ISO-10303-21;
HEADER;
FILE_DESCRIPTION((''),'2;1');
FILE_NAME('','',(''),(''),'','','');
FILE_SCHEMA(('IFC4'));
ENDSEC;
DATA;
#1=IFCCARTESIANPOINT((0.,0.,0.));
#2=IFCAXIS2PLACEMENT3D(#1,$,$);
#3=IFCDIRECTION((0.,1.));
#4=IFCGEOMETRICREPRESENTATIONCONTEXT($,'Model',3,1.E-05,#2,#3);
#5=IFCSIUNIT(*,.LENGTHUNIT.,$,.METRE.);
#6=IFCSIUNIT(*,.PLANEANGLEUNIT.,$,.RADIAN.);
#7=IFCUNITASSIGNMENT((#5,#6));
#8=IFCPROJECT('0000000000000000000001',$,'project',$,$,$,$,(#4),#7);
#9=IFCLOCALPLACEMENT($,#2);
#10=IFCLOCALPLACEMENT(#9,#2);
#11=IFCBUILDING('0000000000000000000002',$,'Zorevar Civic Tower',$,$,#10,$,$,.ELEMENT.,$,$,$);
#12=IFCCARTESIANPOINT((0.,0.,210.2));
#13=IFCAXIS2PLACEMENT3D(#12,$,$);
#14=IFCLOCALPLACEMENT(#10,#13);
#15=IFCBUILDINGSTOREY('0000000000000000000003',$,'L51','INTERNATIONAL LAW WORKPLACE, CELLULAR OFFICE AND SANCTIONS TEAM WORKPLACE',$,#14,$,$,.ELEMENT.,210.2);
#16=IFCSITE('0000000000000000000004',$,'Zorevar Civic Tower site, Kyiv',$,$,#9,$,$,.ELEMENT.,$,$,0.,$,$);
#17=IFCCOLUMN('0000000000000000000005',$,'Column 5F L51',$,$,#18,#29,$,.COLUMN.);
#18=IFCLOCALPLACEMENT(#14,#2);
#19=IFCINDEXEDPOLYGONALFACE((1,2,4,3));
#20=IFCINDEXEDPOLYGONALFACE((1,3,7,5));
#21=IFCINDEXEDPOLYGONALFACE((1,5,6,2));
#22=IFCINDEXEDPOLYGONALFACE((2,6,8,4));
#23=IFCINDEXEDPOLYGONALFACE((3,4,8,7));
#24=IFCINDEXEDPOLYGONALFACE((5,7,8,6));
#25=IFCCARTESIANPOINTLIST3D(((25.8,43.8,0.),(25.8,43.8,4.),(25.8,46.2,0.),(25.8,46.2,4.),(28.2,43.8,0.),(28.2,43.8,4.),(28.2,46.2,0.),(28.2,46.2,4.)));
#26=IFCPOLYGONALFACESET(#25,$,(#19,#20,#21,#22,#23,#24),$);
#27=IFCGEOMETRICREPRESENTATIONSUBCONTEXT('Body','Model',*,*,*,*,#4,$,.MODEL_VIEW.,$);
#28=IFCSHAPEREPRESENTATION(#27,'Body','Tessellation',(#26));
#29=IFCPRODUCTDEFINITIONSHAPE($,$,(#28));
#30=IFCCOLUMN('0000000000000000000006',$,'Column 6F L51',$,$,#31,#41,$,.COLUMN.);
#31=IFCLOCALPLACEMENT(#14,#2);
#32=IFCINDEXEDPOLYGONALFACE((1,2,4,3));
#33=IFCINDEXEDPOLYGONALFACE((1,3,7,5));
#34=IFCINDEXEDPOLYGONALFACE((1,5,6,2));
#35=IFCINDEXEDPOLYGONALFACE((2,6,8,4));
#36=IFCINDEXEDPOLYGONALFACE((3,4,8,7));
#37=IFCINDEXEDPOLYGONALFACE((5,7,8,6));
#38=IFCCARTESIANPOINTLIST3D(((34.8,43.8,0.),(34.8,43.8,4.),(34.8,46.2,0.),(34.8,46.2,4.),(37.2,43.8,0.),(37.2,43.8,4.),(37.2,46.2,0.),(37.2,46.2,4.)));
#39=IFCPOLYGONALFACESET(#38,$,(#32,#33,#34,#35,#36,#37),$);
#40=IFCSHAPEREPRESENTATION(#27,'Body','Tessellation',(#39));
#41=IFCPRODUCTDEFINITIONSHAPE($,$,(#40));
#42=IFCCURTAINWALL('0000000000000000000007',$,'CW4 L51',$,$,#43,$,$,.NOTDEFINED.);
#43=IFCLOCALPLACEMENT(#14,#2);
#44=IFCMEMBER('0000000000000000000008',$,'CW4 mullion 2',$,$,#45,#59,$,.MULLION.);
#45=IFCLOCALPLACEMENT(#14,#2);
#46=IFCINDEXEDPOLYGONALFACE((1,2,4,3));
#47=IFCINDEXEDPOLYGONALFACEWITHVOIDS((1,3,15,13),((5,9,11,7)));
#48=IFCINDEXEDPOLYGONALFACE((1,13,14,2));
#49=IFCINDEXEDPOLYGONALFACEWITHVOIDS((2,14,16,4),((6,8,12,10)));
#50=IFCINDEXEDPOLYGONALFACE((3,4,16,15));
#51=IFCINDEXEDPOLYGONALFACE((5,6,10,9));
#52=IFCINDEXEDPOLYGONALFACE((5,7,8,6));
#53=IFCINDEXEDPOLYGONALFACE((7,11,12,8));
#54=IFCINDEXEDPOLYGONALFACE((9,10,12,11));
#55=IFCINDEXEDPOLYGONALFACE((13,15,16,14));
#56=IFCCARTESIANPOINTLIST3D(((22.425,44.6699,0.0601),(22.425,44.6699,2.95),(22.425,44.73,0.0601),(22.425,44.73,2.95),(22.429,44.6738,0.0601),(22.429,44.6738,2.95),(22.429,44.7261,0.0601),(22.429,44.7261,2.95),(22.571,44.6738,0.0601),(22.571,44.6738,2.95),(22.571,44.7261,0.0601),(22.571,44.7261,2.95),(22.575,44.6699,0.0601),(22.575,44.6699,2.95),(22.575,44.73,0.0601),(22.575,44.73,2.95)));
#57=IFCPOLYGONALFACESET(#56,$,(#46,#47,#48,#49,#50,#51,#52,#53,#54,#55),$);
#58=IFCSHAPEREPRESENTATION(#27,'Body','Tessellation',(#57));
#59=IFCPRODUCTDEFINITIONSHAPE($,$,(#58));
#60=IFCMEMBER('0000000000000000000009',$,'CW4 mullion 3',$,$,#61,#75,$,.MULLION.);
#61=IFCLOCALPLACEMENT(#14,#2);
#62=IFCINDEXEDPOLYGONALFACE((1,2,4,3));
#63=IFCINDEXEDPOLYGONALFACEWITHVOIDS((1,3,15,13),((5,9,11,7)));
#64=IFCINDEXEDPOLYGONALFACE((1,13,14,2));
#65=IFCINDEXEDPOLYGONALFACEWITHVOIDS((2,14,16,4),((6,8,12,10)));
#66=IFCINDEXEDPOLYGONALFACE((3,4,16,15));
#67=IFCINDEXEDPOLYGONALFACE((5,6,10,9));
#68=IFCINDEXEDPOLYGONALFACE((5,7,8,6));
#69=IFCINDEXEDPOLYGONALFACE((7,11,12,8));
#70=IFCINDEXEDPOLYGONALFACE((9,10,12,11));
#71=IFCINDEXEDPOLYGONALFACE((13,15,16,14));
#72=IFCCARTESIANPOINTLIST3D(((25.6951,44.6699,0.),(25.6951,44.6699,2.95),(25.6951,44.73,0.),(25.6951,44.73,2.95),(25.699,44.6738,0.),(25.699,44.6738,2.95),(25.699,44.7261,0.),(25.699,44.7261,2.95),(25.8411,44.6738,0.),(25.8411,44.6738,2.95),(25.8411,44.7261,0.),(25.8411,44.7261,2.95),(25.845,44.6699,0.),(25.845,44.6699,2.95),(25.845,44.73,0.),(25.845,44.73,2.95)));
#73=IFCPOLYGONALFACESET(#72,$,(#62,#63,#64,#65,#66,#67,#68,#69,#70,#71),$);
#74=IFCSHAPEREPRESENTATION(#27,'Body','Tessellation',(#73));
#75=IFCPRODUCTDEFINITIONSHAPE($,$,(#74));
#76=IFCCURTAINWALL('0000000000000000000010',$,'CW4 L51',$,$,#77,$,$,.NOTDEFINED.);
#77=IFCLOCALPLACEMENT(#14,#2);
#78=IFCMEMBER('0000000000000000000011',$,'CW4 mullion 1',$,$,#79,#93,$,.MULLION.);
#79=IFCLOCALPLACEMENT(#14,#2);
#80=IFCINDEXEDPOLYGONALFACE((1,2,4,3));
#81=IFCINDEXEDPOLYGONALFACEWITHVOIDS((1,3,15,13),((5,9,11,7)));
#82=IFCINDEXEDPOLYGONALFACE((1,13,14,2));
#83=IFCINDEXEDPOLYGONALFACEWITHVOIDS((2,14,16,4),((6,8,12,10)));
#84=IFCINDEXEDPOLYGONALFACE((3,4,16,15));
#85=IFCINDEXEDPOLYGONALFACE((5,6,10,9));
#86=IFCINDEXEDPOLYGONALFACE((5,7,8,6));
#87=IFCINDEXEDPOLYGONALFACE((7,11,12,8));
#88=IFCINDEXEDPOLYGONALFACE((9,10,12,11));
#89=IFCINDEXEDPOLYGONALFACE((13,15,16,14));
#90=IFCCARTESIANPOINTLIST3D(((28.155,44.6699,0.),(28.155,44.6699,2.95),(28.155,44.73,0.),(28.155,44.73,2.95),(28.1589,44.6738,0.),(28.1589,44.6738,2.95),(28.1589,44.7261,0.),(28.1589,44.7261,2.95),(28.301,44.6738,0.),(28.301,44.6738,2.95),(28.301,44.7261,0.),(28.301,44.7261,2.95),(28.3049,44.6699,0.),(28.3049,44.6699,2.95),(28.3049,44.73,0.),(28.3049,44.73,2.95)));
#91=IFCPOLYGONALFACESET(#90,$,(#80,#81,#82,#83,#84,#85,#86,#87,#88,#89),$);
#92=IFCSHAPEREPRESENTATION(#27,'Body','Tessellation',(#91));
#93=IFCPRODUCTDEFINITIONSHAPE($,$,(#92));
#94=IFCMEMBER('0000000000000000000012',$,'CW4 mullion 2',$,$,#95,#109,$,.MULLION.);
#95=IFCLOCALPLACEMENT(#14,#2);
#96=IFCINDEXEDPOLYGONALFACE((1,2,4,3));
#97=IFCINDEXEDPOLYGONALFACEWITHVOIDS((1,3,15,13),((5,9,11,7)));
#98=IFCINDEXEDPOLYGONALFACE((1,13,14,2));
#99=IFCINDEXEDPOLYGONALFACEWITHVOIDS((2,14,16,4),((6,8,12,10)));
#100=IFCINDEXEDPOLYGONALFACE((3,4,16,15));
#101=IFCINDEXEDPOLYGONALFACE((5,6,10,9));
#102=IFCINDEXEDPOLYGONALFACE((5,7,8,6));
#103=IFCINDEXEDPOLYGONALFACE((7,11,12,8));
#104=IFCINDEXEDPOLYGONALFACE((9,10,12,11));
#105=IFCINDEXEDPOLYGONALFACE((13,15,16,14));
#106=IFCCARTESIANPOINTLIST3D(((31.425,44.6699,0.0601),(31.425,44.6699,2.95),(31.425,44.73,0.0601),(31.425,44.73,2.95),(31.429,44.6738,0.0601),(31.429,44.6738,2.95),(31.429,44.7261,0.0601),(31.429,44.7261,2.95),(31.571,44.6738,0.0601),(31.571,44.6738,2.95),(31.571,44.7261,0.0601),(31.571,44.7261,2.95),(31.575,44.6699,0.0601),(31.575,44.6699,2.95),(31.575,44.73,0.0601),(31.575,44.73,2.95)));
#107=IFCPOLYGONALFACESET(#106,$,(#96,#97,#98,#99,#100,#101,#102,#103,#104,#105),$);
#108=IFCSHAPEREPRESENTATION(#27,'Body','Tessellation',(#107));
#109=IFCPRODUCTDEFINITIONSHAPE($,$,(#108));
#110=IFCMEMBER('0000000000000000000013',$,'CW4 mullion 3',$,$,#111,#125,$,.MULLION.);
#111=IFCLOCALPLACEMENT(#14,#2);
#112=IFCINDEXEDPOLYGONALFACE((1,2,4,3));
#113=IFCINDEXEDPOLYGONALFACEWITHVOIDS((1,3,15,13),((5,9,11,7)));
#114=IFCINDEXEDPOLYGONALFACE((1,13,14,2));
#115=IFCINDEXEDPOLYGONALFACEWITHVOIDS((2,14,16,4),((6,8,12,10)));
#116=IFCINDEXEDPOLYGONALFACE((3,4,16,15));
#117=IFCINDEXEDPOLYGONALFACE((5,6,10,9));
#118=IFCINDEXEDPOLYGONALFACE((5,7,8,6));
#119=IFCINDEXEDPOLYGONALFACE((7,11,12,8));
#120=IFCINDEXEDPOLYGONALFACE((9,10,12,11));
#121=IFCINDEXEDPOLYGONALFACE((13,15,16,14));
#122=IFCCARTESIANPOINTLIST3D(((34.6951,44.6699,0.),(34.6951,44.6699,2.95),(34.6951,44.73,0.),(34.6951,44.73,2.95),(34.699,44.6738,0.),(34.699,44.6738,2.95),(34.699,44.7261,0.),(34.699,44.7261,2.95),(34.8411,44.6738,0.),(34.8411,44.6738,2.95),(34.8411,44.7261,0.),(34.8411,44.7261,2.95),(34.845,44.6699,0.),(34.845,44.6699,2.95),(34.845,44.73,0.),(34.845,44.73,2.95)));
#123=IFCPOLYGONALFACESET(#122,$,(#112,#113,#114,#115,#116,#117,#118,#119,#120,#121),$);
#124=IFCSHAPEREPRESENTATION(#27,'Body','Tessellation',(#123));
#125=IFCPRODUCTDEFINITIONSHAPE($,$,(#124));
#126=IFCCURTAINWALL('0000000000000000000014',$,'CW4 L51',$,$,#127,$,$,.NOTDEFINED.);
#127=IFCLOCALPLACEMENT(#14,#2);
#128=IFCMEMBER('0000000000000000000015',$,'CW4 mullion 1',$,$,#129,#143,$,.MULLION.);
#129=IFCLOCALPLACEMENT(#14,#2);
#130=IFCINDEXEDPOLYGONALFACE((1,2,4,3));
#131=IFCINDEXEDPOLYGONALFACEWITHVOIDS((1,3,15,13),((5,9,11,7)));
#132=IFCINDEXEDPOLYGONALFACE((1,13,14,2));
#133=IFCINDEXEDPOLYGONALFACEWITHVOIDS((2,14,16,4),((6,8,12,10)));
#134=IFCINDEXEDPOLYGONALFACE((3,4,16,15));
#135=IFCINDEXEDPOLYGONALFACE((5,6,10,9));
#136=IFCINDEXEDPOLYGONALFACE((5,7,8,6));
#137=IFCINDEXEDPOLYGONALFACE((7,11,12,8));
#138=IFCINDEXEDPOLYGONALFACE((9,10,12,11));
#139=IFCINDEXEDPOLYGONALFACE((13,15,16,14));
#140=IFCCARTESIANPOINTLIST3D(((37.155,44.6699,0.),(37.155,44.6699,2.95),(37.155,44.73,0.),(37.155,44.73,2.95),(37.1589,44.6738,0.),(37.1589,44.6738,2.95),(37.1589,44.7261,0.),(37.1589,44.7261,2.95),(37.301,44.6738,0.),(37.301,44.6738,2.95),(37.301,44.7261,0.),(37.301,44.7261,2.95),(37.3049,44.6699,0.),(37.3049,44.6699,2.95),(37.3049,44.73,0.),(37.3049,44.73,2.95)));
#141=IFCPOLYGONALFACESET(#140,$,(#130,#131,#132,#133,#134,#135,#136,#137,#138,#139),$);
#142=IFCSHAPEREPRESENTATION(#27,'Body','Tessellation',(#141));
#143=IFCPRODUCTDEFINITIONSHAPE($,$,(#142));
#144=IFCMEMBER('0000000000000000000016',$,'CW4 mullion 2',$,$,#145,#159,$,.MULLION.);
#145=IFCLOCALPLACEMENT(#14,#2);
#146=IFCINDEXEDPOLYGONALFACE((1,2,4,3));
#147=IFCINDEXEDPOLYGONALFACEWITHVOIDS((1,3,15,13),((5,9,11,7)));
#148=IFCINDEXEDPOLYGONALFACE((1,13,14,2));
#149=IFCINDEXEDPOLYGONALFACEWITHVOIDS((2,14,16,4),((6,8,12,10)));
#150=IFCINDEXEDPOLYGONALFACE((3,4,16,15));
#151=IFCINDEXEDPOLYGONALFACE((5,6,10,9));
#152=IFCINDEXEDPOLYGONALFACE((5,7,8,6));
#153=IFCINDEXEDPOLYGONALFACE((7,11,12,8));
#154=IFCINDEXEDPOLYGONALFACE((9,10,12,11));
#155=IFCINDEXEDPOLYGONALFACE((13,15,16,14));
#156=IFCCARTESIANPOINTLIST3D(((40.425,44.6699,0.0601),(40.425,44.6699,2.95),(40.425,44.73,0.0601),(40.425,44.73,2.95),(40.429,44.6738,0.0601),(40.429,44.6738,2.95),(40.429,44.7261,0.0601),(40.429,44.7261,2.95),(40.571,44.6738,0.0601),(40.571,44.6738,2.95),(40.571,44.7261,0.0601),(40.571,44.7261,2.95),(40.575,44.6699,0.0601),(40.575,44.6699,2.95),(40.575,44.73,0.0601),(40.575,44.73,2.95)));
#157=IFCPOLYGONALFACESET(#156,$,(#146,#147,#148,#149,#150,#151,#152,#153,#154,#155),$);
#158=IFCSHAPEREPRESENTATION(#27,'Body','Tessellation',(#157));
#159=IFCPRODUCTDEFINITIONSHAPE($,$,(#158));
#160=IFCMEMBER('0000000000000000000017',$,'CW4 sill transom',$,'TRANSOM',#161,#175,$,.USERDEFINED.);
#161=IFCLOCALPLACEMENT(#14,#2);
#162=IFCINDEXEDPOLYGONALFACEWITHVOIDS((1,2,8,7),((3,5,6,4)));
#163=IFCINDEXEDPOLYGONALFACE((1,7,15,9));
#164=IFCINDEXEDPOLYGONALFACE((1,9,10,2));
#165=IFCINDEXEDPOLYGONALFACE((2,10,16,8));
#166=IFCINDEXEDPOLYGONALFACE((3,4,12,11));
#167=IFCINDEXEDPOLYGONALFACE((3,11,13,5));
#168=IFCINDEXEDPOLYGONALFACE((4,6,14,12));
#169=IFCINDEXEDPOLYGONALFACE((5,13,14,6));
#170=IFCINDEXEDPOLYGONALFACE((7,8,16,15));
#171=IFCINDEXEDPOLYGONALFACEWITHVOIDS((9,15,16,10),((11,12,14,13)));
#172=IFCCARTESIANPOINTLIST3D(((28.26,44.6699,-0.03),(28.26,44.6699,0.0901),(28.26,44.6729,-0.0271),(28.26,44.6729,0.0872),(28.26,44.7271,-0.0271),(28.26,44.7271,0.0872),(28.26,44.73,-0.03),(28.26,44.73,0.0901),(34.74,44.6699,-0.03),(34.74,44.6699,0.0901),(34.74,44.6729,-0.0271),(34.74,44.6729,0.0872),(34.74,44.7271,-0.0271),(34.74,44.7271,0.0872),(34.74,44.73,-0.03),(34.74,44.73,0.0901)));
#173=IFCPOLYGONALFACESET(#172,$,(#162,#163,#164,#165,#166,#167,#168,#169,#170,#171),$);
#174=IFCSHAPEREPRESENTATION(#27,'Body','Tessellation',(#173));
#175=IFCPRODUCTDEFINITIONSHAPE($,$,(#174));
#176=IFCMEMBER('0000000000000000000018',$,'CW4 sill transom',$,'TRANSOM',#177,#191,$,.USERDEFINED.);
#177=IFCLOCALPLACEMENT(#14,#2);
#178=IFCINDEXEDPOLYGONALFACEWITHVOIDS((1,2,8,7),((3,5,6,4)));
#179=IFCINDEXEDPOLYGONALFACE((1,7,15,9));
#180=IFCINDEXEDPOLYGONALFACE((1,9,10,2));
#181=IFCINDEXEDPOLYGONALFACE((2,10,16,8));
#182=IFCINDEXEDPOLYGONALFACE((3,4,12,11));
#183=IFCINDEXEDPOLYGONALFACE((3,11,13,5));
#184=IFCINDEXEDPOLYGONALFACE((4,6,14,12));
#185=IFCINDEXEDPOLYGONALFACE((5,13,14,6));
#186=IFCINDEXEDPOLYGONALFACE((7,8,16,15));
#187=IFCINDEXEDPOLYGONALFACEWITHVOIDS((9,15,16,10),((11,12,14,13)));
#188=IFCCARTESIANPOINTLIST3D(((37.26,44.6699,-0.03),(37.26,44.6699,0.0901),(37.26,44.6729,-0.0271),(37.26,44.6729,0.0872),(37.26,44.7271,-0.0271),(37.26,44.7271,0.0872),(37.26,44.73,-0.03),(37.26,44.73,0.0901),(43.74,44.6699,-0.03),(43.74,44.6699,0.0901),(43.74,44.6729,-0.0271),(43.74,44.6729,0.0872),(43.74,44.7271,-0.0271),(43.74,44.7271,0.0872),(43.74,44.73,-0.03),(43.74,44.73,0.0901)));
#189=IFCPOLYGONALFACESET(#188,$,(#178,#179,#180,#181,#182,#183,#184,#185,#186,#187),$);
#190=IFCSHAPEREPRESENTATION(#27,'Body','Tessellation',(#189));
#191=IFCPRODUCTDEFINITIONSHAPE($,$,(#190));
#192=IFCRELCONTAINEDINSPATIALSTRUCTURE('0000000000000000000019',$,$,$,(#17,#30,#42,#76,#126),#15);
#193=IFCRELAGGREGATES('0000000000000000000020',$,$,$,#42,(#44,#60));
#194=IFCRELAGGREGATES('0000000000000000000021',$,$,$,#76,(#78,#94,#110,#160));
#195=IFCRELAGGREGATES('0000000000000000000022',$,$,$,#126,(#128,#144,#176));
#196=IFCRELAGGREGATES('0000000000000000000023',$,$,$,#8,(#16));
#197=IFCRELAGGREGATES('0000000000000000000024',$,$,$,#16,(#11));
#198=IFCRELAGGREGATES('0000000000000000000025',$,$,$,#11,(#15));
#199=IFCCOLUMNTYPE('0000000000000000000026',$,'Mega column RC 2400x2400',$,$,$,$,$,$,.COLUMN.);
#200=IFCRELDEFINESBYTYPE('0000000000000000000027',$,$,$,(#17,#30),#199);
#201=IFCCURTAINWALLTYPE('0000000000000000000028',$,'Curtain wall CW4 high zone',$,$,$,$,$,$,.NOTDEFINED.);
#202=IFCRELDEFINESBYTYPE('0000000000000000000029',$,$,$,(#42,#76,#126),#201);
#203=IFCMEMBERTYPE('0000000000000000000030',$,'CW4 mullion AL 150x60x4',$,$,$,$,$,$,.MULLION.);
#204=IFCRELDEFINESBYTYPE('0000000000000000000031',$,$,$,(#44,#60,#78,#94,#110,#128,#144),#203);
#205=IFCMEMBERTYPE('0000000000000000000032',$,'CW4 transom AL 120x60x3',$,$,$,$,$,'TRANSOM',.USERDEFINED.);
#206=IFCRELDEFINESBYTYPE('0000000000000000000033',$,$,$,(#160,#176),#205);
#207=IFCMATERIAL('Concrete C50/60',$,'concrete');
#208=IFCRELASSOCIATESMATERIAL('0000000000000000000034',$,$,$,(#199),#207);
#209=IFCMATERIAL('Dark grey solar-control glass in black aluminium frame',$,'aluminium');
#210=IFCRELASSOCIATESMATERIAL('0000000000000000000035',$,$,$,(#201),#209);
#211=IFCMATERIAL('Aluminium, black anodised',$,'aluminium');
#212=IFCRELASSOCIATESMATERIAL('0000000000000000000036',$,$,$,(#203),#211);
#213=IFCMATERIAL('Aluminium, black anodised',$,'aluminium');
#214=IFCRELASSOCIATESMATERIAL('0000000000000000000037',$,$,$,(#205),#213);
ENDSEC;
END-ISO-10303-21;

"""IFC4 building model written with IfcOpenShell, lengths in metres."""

from ifc_helpers import new_model, si_unit, direction, frame, origin, origin_2d, place, context, subcontext, project, spatial, rectangle, hollow_rectangle, extrude, material, material_profile, profile_set, type_object, element, aggregate, save


model = new_model("IFC4")

# Units and contexts
model_context = context("Model", 3, precision=1e-05, world=origin(), true_north=direction((0.0, 1.0)))
body_context = subcontext(model_context, "Body", "Model", "MODEL_VIEW")
ifc_project = project(units=[si_unit("LENGTHUNIT", "METRE"), si_unit("PLANEANGLEUNIT", "RADIAN")], contexts=[model_context])

# Site, building, storey
site_placement = place(None, origin())
site = spatial("IfcSite", under=ifc_project, at=site_placement, Name="Zorevar Civic Tower site, Kyiv", CompositionType="ELEMENT", RefElevation=0.0)
building_placement = place(site_placement, origin())
building = spatial("IfcBuilding", under=site, at=building_placement, Name="Zorevar Civic Tower", CompositionType="ELEMENT")
storey_placement = place(building_placement, frame((0.0, 0.0, 210.2)))
storey = spatial("IfcBuildingStorey", under=building, at=storey_placement, Name="L51", Description="INTERNATIONAL LAW WORKPLACE, CELLULAR OFFICE AND SANCTIONS TEAM WORKPLACE", CompositionType="ELEMENT", Elevation=210.2)

# Columns
ifc_material_1 = material(Name="Concrete C50/60", Category="concrete")
ifc_material_profile_1 = material_profile(ifc_material_1, rectangle(XDim=2.3999, YDim=2.3999, at=origin_2d()), Name="RC 2400x2400")
ifc_profile_set_1 = profile_set([ifc_material_profile_1], Name="Concrete C50/60")
column_type = type_object("IfcColumnType", Name="Mega column RC 2400x2400", PredefinedType="COLUMN", material=ifc_profile_set_1)
for number, where, z_axis, x_axis, name in (
    (1, (27.0, 45.0, 0.0), (0.0, 0.0, 1.0), (1.0, 0.0, 0.0), "Column 5F L51"),
    (2, (36.0, 45.0, 0.0), (0.0, 0.0, 1.0), (1.0, 0.0, 0.0), "Column 6F L51"),
):
    element("IfcColumn", number, at=place(storey_placement, frame(where, z_axis=z_axis, x_axis=x_axis)), inside=storey, type_object=column_type, Name=name, PredefinedType="COLUMN", context=body_context, shape_type="SweptSolid", body=[
        extrude(rectangle(XDim=2.3999, YDim=2.3999, at=origin_2d()), origin(), (0.0, 0.0, 1.0), 4.0),
    ])

# Curtain walls, members
ifc_material_2 = material(Name="Dark grey solar-control glass in black aluminium frame", Category="aluminium")
curtain_wall_type = type_object("IfcCurtainWallType", Name="Curtain wall CW4 high zone", PredefinedType="NOTDEFINED", material=ifc_material_2)
curtain_wall_1_placement = place(storey_placement, origin())
curtain_wall_1 = element("IfcCurtainWall", 3, at=curtain_wall_1_placement, inside=storey, type_object=curtain_wall_type, Name="CW4 L51", PredefinedType="NOTDEFINED")
ifc_material_3 = material(Name="Aluminium, black anodised", Category="aluminium")
ifc_material_profile_2 = material_profile(ifc_material_3, hollow_rectangle(XDim=0.0601, YDim=0.1499, WallThickness=0.0039, at=origin_2d()), Name="AL 150x60x4")
ifc_profile_set_2 = profile_set([ifc_material_profile_2], Name="Aluminium, black anodised")
member_type_1 = type_object("IfcMemberType", Name="CW4 mullion AL 150x60x4", PredefinedType="MULLION", material=ifc_profile_set_2)
member_1_placement = place(storey_placement, frame((22.5, 44.7, 0.0601), z_axis=(0.0, 0.0, 1.0), x_axis=(0.0, 1.0, 0.0)))
member_1 = element("IfcMember", 4, at=member_1_placement, type_object=member_type_1, Name="CW4 mullion 2", PredefinedType="MULLION", context=body_context, shape_type="SweptSolid", body=[
    extrude(hollow_rectangle(XDim=0.0601, YDim=0.1499, WallThickness=0.0039, at=origin_2d()), origin(), (0.0, 0.0, 1.0), 2.8899),
])
member_2_placement = place(storey_placement, frame((25.77, 44.7, 0.0), z_axis=(0.0, 0.0, 1.0), x_axis=(0.0, 1.0, 0.0)))
member_2 = element("IfcMember", 5, at=member_2_placement, type_object=member_type_1, Name="CW4 mullion 3", PredefinedType="MULLION", context=body_context, shape_type="SweptSolid", body=[
    extrude(hollow_rectangle(XDim=0.0601, YDim=0.1499, WallThickness=0.0039, at=origin_2d()), origin(), (0.0, 0.0, 1.0), 2.95),
])
curtain_wall_2_placement = place(storey_placement, origin())
curtain_wall_2 = element("IfcCurtainWall", 6, at=curtain_wall_2_placement, inside=storey, type_object=curtain_wall_type, Name="CW4 L51", PredefinedType="NOTDEFINED")
member_3_placement = place(storey_placement, frame((28.23, 44.7, 0.0), z_axis=(0.0, 0.0, 1.0), x_axis=(0.0, 1.0, 0.0)))
member_3 = element("IfcMember", 7, at=member_3_placement, type_object=member_type_1, Name="CW4 mullion 1", PredefinedType="MULLION", context=body_context, shape_type="SweptSolid", body=[
    extrude(hollow_rectangle(XDim=0.0601, YDim=0.1499, WallThickness=0.0039, at=origin_2d()), origin(), (0.0, 0.0, 1.0), 2.95),
])
member_4_placement = place(storey_placement, frame((31.5, 44.7, 0.0601), z_axis=(0.0, 0.0, 1.0), x_axis=(0.0, 1.0, 0.0)))
member_4 = element("IfcMember", 8, at=member_4_placement, type_object=member_type_1, Name="CW4 mullion 2", PredefinedType="MULLION", context=body_context, shape_type="SweptSolid", body=[
    extrude(hollow_rectangle(XDim=0.0601, YDim=0.1499, WallThickness=0.0039, at=origin_2d()), origin(), (0.0, 0.0, 1.0), 2.8899),
])
member_5_placement = place(storey_placement, frame((34.77, 44.7, 0.0), z_axis=(0.0, 0.0, 1.0), x_axis=(0.0, 1.0, 0.0)))
member_5 = element("IfcMember", 9, at=member_5_placement, type_object=member_type_1, Name="CW4 mullion 3", PredefinedType="MULLION", context=body_context, shape_type="SweptSolid", body=[
    extrude(hollow_rectangle(XDim=0.0601, YDim=0.1499, WallThickness=0.0039, at=origin_2d()), origin(), (0.0, 0.0, 1.0), 2.95),
])
curtain_wall_3_placement = place(storey_placement, origin())
curtain_wall_3 = element("IfcCurtainWall", 10, at=curtain_wall_3_placement, inside=storey, type_object=curtain_wall_type, Name="CW4 L51", PredefinedType="NOTDEFINED")
member_6_placement = place(storey_placement, frame((37.23, 44.7, 0.0), z_axis=(0.0, 0.0, 1.0), x_axis=(0.0, 1.0, 0.0)))
member_6 = element("IfcMember", 11, at=member_6_placement, type_object=member_type_1, Name="CW4 mullion 1", PredefinedType="MULLION", context=body_context, shape_type="SweptSolid", body=[
    extrude(hollow_rectangle(XDim=0.0601, YDim=0.1499, WallThickness=0.0039, at=origin_2d()), origin(), (0.0, 0.0, 1.0), 2.95),
])
member_7_placement = place(storey_placement, frame((40.5, 44.7, 0.0601), z_axis=(0.0, 0.0, 1.0), x_axis=(0.0, 1.0, 0.0)))
member_7 = element("IfcMember", 12, at=member_7_placement, type_object=member_type_1, Name="CW4 mullion 2", PredefinedType="MULLION", context=body_context, shape_type="SweptSolid", body=[
    extrude(hollow_rectangle(XDim=0.0601, YDim=0.1499, WallThickness=0.0039, at=origin_2d()), origin(), (0.0, 0.0, 1.0), 2.8899),
])

# Members
ifc_material_4 = material(Name="Aluminium, black anodised", Category="aluminium")
ifc_material_profile_3 = material_profile(ifc_material_4, hollow_rectangle(XDim=0.0601, YDim=0.1201, WallThickness=0.0029, at=origin_2d()), Name="AL 120x60x3")
ifc_profile_set_3 = profile_set([ifc_material_profile_3], Name="Aluminium, black anodised")
member_type_2 = type_object("IfcMemberType", Name="CW4 transom AL 120x60x3", ElementType="TRANSOM", PredefinedType="USERDEFINED", material=ifc_profile_set_3)
member_8_placement = place(storey_placement, frame((28.26, 44.7, 0.03), z_axis=(1.0, 0.0, 0.0), x_axis=(0.0, 1.0, 0.0)))
member_8 = element("IfcMember", 13, at=member_8_placement, type_object=member_type_2, Name="CW4 sill transom", ObjectType="TRANSOM", PredefinedType="USERDEFINED", context=body_context, shape_type="SweptSolid", body=[
    extrude(hollow_rectangle(XDim=0.0601, YDim=0.1201, WallThickness=0.0029, at=origin_2d()), origin(), (0.0, 0.0, 1.0), 6.48),
])
member_9_placement = place(storey_placement, frame((37.26, 44.7, 0.03), z_axis=(1.0, 0.0, 0.0), x_axis=(0.0, 1.0, 0.0)))
member_9 = element("IfcMember", 14, at=member_9_placement, type_object=member_type_2, Name="CW4 sill transom", ObjectType="TRANSOM", PredefinedType="USERDEFINED", context=body_context, shape_type="SweptSolid", body=[
    extrude(hollow_rectangle(XDim=0.0601, YDim=0.1201, WallThickness=0.0029, at=origin_2d()), origin(), (0.0, 0.0, 1.0), 6.48),
])

aggregate(curtain_wall_1, [member_1, member_2])
aggregate(curtain_wall_2, [member_3, member_4, member_5, member_8])
aggregate(curtain_wall_3, [member_6, member_7, member_9])

save(model, "model.ifc")
